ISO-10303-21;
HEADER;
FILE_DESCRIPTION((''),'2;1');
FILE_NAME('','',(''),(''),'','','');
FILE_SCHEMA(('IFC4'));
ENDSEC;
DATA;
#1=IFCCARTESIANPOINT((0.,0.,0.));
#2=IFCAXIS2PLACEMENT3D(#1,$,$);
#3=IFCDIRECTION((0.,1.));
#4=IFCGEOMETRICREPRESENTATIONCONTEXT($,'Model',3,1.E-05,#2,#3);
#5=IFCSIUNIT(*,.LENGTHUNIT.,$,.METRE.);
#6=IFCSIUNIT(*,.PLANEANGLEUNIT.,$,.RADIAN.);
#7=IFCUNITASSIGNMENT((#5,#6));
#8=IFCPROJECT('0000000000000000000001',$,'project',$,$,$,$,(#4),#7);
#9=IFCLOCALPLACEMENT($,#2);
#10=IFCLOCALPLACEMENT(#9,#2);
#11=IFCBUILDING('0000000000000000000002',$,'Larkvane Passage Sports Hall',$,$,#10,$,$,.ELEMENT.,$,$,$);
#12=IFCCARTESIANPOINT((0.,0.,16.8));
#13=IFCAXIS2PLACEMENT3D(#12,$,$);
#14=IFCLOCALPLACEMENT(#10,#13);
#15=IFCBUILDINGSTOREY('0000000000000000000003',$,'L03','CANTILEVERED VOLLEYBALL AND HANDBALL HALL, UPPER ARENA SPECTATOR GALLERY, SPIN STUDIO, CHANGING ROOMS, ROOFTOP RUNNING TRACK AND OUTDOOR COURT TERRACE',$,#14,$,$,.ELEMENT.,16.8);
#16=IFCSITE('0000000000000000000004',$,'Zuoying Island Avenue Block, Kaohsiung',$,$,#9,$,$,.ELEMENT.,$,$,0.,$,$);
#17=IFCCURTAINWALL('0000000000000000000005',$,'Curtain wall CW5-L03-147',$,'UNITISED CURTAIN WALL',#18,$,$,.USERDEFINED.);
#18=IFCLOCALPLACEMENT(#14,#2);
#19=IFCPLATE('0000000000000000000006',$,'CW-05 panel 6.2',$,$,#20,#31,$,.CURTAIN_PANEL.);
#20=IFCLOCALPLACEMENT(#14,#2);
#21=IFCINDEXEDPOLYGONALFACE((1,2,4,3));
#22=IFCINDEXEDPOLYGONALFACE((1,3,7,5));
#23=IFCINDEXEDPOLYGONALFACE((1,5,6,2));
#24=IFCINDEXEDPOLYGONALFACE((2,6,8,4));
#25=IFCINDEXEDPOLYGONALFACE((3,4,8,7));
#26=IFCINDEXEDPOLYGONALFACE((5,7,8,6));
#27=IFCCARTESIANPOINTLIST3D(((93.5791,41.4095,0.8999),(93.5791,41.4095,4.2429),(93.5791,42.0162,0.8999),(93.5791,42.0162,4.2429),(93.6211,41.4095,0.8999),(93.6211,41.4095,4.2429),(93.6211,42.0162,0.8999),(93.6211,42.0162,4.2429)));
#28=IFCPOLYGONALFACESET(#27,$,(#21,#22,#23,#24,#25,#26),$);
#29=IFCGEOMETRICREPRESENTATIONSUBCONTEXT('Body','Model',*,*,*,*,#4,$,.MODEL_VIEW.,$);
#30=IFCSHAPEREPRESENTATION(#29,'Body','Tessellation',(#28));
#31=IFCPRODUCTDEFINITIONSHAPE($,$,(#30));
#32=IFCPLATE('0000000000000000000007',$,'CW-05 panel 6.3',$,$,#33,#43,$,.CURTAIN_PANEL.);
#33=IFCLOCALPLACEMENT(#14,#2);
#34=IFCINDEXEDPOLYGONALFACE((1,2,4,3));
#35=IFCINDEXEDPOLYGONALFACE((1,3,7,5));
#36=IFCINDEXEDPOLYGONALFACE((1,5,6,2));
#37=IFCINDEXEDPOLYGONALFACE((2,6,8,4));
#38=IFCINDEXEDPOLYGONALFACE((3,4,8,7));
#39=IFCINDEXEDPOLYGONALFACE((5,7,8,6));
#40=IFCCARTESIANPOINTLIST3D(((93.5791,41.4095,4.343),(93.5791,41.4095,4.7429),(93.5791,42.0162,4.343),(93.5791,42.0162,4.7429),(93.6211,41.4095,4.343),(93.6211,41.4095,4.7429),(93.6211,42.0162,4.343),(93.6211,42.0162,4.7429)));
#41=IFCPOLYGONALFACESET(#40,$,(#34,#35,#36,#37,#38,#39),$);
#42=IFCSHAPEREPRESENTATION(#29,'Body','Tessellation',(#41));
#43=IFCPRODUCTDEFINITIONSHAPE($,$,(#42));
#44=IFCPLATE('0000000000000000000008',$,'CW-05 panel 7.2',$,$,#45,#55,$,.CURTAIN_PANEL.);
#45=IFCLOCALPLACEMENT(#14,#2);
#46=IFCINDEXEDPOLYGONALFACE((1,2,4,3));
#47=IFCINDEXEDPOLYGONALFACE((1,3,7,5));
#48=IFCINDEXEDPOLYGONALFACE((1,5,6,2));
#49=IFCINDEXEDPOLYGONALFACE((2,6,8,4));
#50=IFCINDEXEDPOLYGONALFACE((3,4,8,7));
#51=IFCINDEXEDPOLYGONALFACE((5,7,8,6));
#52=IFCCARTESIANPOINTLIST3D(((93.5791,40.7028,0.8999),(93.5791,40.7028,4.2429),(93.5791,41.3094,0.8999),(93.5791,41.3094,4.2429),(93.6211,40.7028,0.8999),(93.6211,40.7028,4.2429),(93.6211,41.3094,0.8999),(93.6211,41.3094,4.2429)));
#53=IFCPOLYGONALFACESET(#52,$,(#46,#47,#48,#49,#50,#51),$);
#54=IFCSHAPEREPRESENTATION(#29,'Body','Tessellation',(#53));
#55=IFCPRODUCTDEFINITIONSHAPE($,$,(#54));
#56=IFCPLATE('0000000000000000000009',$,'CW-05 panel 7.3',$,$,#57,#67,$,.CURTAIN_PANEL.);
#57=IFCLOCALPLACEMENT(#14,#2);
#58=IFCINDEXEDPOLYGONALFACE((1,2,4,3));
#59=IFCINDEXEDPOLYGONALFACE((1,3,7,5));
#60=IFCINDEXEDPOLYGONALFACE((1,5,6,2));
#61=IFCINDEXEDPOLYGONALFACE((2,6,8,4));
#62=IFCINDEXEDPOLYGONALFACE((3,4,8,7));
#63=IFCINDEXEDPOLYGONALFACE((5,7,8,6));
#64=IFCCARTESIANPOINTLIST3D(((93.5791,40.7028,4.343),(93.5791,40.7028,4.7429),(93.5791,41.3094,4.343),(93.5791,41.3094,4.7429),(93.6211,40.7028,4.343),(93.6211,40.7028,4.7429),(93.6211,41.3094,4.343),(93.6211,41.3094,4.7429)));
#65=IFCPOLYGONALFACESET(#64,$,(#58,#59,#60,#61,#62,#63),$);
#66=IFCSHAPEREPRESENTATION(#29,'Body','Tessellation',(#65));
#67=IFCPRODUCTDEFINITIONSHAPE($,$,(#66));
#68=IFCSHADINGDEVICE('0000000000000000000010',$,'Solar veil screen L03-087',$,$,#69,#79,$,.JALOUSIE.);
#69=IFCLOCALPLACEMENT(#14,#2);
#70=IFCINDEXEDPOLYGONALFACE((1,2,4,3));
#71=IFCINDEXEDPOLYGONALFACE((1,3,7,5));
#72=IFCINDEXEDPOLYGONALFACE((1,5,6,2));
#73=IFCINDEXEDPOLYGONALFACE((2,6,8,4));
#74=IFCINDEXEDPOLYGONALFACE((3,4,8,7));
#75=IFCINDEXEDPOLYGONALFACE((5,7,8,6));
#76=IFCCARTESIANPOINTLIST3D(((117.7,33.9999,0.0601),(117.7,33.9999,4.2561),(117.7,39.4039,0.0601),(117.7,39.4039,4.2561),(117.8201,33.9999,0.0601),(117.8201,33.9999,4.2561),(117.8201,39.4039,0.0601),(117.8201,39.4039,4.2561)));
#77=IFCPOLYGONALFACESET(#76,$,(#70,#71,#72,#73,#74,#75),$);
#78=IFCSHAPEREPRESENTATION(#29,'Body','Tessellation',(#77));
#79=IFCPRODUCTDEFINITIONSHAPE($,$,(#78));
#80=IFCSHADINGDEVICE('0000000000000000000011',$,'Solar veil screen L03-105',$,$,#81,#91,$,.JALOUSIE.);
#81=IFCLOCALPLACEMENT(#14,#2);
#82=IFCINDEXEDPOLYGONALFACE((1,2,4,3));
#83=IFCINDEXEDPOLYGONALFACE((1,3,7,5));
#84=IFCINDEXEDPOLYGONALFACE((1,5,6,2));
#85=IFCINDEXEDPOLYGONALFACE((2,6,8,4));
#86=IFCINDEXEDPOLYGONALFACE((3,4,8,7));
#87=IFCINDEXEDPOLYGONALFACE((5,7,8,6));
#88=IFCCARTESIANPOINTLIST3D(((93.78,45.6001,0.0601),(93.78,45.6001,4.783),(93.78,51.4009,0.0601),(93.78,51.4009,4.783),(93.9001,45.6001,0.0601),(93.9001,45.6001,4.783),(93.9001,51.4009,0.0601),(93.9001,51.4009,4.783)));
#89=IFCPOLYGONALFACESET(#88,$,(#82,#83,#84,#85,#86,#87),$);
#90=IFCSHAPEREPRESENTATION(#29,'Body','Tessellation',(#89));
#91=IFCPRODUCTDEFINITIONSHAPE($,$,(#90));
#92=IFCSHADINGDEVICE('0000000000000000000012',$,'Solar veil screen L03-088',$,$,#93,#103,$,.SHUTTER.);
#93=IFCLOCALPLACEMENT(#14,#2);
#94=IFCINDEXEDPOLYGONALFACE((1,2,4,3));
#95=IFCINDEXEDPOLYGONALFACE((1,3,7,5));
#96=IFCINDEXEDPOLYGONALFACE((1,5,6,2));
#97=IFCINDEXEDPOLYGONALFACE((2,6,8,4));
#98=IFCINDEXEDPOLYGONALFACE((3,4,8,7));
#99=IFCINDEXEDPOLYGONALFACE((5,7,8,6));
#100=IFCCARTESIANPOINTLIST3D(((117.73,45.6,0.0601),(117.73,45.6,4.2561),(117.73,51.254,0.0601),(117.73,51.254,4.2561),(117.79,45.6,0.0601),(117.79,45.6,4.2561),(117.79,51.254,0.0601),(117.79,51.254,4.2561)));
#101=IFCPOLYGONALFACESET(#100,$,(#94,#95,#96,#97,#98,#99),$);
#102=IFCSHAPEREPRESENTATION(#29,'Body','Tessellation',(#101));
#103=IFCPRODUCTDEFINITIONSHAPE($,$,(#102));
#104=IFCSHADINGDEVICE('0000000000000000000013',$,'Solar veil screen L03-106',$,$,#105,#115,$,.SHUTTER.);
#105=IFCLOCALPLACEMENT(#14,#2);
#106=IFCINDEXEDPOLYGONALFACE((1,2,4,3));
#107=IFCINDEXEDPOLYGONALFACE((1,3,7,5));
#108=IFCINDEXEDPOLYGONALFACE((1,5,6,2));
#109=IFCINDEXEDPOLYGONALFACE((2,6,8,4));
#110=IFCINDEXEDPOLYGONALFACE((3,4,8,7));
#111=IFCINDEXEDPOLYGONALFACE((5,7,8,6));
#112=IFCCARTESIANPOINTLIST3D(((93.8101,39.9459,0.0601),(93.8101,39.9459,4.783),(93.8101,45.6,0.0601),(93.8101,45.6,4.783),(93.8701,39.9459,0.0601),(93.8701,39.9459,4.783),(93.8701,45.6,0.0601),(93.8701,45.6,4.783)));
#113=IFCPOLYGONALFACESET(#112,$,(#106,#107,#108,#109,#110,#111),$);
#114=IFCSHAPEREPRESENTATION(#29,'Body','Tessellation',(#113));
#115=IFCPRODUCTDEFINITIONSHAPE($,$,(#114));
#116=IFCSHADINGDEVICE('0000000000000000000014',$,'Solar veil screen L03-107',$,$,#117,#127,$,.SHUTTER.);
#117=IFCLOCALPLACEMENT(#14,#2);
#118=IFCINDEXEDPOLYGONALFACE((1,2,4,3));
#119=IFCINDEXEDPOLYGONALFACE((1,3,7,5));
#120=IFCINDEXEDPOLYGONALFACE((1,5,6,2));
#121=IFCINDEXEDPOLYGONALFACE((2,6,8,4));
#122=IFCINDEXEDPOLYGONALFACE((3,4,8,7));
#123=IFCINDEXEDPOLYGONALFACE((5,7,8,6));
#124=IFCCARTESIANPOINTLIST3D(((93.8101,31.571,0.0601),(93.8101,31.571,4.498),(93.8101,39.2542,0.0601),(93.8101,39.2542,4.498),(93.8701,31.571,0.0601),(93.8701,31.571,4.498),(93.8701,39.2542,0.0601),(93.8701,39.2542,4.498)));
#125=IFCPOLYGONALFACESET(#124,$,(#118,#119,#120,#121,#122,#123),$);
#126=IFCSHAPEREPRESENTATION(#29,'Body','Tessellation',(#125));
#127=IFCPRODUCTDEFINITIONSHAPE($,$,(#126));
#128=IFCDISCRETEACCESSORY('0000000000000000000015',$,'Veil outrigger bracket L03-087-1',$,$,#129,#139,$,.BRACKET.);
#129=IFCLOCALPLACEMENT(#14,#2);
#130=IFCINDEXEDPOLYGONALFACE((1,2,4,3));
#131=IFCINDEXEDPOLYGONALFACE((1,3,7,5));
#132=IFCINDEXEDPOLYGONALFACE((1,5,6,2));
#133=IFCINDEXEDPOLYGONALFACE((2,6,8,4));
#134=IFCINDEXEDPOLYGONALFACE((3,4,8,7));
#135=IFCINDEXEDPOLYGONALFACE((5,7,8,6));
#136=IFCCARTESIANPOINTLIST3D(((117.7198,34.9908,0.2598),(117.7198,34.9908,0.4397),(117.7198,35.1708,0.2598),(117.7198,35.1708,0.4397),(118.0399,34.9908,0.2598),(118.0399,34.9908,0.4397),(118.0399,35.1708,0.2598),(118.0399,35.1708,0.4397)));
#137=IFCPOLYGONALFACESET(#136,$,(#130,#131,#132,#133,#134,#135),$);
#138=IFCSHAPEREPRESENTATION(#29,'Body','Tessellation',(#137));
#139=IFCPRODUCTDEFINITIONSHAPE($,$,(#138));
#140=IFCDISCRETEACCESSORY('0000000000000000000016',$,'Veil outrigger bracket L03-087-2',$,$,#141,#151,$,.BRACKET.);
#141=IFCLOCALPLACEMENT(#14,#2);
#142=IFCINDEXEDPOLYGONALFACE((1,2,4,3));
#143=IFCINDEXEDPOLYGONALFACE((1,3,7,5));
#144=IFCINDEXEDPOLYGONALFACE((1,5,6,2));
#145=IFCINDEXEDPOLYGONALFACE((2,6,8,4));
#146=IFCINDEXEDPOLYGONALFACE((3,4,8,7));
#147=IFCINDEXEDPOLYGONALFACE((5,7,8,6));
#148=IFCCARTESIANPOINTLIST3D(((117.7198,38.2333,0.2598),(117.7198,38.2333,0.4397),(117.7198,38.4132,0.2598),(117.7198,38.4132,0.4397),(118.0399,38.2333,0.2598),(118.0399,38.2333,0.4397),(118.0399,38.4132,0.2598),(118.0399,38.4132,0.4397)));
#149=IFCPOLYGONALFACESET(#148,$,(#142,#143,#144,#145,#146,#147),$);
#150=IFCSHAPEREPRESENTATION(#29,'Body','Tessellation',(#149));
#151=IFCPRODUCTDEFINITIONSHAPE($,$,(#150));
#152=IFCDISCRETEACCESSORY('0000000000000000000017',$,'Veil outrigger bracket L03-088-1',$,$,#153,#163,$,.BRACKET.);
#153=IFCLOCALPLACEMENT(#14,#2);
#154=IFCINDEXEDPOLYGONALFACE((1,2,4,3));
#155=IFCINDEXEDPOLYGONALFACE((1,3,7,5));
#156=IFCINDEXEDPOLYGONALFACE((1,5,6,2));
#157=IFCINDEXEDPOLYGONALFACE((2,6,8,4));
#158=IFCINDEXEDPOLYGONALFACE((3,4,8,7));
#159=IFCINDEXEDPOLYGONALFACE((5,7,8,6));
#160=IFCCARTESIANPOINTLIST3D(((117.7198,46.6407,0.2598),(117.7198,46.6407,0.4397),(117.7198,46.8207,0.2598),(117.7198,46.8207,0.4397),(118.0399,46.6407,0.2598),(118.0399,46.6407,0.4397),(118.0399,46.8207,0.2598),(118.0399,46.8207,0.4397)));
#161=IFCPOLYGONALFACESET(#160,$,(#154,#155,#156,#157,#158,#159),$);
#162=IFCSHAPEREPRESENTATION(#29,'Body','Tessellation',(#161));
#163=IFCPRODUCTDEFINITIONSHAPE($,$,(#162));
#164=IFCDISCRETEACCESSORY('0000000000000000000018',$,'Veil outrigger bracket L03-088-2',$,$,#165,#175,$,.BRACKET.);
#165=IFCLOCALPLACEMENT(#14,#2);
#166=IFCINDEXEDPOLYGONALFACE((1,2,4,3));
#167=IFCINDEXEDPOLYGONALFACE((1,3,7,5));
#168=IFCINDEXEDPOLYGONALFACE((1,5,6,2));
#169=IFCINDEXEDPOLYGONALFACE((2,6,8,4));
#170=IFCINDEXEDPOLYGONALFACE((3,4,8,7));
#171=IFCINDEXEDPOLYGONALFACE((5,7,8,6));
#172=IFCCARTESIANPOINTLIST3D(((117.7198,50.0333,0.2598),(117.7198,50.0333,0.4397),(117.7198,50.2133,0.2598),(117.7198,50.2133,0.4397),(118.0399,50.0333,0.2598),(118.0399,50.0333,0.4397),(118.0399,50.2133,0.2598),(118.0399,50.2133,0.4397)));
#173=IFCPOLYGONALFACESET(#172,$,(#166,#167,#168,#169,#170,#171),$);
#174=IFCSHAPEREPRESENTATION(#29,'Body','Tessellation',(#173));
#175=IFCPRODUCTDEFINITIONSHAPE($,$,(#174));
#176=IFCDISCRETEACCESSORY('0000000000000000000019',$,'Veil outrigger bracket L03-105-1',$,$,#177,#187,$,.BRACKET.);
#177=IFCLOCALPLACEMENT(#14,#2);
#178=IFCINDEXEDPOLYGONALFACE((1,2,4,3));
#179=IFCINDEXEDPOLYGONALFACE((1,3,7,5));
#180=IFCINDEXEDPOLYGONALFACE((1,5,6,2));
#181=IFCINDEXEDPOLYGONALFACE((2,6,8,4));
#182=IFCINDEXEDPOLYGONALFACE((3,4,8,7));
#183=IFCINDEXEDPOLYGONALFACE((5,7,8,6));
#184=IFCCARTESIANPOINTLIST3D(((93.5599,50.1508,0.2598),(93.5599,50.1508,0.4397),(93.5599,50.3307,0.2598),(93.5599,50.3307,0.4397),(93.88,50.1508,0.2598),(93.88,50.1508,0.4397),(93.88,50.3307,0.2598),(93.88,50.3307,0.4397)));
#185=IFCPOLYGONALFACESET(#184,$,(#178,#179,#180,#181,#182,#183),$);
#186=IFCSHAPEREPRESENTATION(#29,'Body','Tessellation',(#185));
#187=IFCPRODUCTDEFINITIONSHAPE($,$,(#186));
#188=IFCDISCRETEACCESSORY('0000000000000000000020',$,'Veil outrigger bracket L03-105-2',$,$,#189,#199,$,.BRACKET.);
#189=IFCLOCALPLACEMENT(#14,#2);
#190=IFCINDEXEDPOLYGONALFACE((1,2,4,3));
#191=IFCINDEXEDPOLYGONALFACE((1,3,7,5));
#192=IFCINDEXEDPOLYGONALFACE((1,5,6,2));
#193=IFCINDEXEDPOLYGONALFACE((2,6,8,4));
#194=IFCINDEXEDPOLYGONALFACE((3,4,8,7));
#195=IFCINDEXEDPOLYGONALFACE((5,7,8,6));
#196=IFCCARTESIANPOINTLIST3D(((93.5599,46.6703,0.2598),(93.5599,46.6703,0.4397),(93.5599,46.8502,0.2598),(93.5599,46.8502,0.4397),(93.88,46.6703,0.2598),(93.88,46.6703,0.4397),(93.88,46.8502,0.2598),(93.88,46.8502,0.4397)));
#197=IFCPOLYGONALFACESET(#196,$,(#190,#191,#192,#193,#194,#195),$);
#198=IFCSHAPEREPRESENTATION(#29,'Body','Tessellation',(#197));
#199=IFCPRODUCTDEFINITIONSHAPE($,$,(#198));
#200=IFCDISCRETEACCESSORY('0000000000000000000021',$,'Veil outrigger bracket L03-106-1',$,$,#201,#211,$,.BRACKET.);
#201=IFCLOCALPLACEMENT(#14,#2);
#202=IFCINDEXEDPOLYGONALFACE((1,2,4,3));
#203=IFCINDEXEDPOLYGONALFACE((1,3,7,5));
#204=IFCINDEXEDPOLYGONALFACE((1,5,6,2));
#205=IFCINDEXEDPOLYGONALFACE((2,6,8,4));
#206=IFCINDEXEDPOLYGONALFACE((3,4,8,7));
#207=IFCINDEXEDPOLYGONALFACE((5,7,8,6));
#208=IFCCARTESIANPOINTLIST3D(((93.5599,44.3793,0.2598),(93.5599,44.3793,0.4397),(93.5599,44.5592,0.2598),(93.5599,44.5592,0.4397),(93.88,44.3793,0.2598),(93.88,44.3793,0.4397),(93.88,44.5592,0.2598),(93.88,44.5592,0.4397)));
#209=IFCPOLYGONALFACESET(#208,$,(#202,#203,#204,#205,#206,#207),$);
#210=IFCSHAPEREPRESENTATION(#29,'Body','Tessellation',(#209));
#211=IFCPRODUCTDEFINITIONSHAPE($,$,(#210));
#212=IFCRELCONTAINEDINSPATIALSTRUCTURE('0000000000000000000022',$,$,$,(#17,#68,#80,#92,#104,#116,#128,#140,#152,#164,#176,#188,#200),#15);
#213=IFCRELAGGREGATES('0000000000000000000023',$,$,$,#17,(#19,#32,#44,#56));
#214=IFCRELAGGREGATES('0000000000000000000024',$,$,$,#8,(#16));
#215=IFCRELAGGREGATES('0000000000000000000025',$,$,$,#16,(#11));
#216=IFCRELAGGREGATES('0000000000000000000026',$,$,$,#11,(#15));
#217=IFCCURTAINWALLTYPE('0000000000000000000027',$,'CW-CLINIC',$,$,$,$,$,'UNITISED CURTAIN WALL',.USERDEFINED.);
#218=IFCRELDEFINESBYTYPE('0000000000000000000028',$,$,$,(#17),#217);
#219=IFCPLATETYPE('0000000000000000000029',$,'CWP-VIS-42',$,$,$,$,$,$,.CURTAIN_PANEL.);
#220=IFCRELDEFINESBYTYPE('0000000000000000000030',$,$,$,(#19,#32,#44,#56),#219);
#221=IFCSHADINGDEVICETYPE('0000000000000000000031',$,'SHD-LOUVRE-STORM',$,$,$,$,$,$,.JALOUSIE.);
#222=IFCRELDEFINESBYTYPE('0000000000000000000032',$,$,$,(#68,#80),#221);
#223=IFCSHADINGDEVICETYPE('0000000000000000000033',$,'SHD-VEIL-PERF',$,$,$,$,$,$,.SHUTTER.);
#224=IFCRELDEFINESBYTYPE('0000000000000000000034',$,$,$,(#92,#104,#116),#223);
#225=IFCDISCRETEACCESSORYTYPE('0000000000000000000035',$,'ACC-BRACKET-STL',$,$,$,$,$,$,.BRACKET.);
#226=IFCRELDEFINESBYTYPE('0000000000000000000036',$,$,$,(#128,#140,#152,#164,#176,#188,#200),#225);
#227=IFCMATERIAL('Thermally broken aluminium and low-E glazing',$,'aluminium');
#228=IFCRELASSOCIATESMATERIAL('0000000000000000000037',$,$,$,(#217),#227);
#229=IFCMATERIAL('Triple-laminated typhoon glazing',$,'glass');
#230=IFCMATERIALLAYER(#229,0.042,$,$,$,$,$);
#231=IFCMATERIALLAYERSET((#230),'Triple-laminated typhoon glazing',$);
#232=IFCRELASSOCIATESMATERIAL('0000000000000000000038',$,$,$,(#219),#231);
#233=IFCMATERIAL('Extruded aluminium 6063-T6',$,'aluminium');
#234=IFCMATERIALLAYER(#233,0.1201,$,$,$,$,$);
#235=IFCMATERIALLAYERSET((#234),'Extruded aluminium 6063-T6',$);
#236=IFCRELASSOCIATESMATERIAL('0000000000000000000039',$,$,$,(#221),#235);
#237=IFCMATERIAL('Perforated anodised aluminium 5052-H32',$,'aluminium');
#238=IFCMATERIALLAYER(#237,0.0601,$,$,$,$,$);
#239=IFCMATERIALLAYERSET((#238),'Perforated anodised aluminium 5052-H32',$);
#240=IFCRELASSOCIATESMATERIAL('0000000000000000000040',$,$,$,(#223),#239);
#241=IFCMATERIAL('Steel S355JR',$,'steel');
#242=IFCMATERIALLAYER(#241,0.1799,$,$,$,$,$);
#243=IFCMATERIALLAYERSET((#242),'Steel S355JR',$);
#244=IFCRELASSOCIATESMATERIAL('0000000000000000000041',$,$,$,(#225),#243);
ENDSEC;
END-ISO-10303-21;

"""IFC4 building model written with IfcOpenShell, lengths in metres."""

from ifc_helpers import new_model, si_unit, direction, frame, origin, origin_2d, place, context, subcontext, project, spatial, rectangle, extrude, material, layer, layer_set, type_object, element, aggregate, save


model = new_model("IFC4")

# Units and contexts
model_context = context("Model", 3, precision=1e-05, world=origin(), true_north=direction((0.0, 1.0)))
body_context = subcontext(model_context, "Body", "Model", "MODEL_VIEW")
ifc_project = project(units=[si_unit("LENGTHUNIT", "METRE"), si_unit("PLANEANGLEUNIT", "RADIAN")], contexts=[model_context])

# Site, building, storey
site_placement = place(None, origin())
site = spatial("IfcSite", under=ifc_project, at=site_placement, Name="Zuoying Island Avenue Block, Kaohsiung", CompositionType="ELEMENT", RefElevation=0.0)
building_placement = place(site_placement, origin())
building = spatial("IfcBuilding", under=site, at=building_placement, Name="Larkvane Passage Sports Hall", CompositionType="ELEMENT")
storey_placement = place(building_placement, frame((0.0, 0.0, 16.8)))
storey = spatial("IfcBuildingStorey", under=building, at=storey_placement, Name="L03", Description="CANTILEVERED VOLLEYBALL AND HANDBALL HALL, UPPER ARENA SPECTATOR GALLERY, SPIN STUDIO, CHANGING ROOMS, ROOFTOP RUNNING TRACK AND OUTDOOR COURT TERRACE", CompositionType="ELEMENT", Elevation=16.8)

# Shared definitions
ifc_material_1 = material(Name="Thermally broken aluminium and low-E glazing", Category="aluminium")

# Curtain wall
curtain_wall_type_1 = type_object("IfcCurtainWallType", Name="CW-CLINIC", ElementType="UNITISED CURTAIN WALL", PredefinedType="USERDEFINED", material=ifc_material_1)
curtain_wall_1_placement = place(storey_placement, origin())
curtain_wall_1 = element("IfcCurtainWall", 1, at=curtain_wall_1_placement, inside=storey, type_object=curtain_wall_type_1, Name="Curtain wall CW5-L03-147", ObjectType="UNITISED CURTAIN WALL", PredefinedType="USERDEFINED")

# Plates
ifc_material_2 = material(Name="Triple-laminated typhoon glazing", Category="glass")
ifc_layer_1 = layer(ifc_material_2, 0.042)
ifc_layer_set_1 = layer_set([ifc_layer_1], Name="Triple-laminated typhoon glazing")
plate_type_1 = type_object("IfcPlateType", Name="CWP-VIS-42", PredefinedType="CURTAIN_PANEL", material=ifc_layer_set_1)
plate_1_placement = place(storey_placement, frame((93.6001, 41.7129, 0.8999), z_axis=(0.0, 0.0, 1.0), x_axis=(0.0, -1.0, 0.0)))
plate_1 = element("IfcPlate", 2, at=plate_1_placement, type_object=plate_type_1, Name="CW-05 panel 6.2", PredefinedType="CURTAIN_PANEL", context=body_context, shape_type="SweptSolid", body=[
    extrude(rectangle(XDim=0.6067, YDim=0.042, at=origin_2d()), origin(), (0.0, 0.0, 1.0), 3.343),
])
plate_2_placement = place(storey_placement, frame((93.6001, 41.7129, 4.343), z_axis=(0.0, 0.0, 1.0), x_axis=(0.0, -1.0, 0.0)))
plate_2 = element("IfcPlate", 3, at=plate_2_placement, type_object=plate_type_1, Name="CW-05 panel 6.3", PredefinedType="CURTAIN_PANEL", context=body_context, shape_type="SweptSolid", body=[
    extrude(rectangle(XDim=0.6067, YDim=0.042, at=origin_2d()), origin(), (0.0, 0.0, 1.0), 0.3999),
])
plate_3_placement = place(storey_placement, frame((93.6001, 41.0061, 0.8999), z_axis=(0.0, 0.0, 1.0), x_axis=(0.0, -1.0, 0.0)))
plate_3 = element("IfcPlate", 4, at=plate_3_placement, type_object=plate_type_1, Name="CW-05 panel 7.2", PredefinedType="CURTAIN_PANEL", context=body_context, shape_type="SweptSolid", body=[
    extrude(rectangle(XDim=0.6067, YDim=0.042, at=origin_2d()), origin(), (0.0, 0.0, 1.0), 3.343),
])
plate_4_placement = place(storey_placement, frame((93.6001, 41.0061, 4.343), z_axis=(0.0, 0.0, 1.0), x_axis=(0.0, -1.0, 0.0)))
plate_4 = element("IfcPlate", 5, at=plate_4_placement, type_object=plate_type_1, Name="CW-05 panel 7.3", PredefinedType="CURTAIN_PANEL", context=body_context, shape_type="SweptSolid", body=[
    extrude(rectangle(XDim=0.6067, YDim=0.042, at=origin_2d()), origin(), (0.0, 0.0, 1.0), 0.3999),
])
aggregate(curtain_wall_1, [plate_1, plate_2, plate_3, plate_4])

# Shading devices
ifc_material_3 = material(Name="Extruded aluminium 6063-T6", Category="aluminium")
ifc_layer_2 = layer(ifc_material_3, 0.1201)
ifc_layer_set_2 = layer_set([ifc_layer_2], Name="Extruded aluminium 6063-T6")
shading_device_type_1 = type_object("IfcShadingDeviceType", Name="SHD-LOUVRE-STORM", PredefinedType="JALOUSIE", material=ifc_layer_set_2)
shading_device_1_placement = place(storey_placement, frame((117.76, 36.7019, 0.0601), z_axis=(0.0, 0.0, 1.0), x_axis=(0.0, 1.0, 0.0)))
element("IfcShadingDevice", 6, at=shading_device_1_placement, inside=storey, type_object=shading_device_type_1, Name="Solar veil screen L03-087", PredefinedType="JALOUSIE", context=body_context, shape_type="SweptSolid", body=[
    extrude(rectangle(XDim=5.4041, YDim=0.1201, at=origin_2d()), origin(), (0.0, 0.0, 1.0), 4.196),
])
shading_device_2_placement = place(storey_placement, frame((93.8401, 48.5005, 0.0601), z_axis=(0.0, 0.0, 1.0), x_axis=(0.0, -1.0, 0.0)))
element("IfcShadingDevice", 7, at=shading_device_2_placement, inside=storey, type_object=shading_device_type_1, Name="Solar veil screen L03-105", PredefinedType="JALOUSIE", context=body_context, shape_type="SweptSolid", body=[
    extrude(rectangle(XDim=5.8008, YDim=0.1201, at=origin_2d()), origin(), (0.0, 0.0, 1.0), 4.7229),
])
ifc_material_4 = material(Name="Perforated anodised aluminium 5052-H32", Category="aluminium")
ifc_layer_3 = layer(ifc_material_4, 0.0601)
ifc_layer_set_3 = layer_set([ifc_layer_3], Name="Perforated anodised aluminium 5052-H32")
shading_device_type_2 = type_object("IfcShadingDeviceType", Name="SHD-VEIL-PERF", PredefinedType="SHUTTER", material=ifc_layer_set_3)
shading_device_3_placement = place(storey_placement, frame((117.76, 48.427, 0.0601), z_axis=(0.0, 0.0, 1.0), x_axis=(0.0, 1.0, 0.0)))
element("IfcShadingDevice", 8, at=shading_device_3_placement, inside=storey, type_object=shading_device_type_2, Name="Solar veil screen L03-088", PredefinedType="SHUTTER", context=body_context, shape_type="SweptSolid", body=[
    extrude(rectangle(XDim=5.6541, YDim=0.0601, at=origin_2d()), origin(), (0.0, 0.0, 1.0), 4.196),
])
shading_device_4_placement = place(storey_placement, frame((93.8401, 42.7729, 0.0601), z_axis=(0.0, 0.0, 1.0), x_axis=(0.0, -1.0, 0.0)))
element("IfcShadingDevice", 9, at=shading_device_4_placement, inside=storey, type_object=shading_device_type_2, Name="Solar veil screen L03-106", PredefinedType="SHUTTER", context=body_context, shape_type="SweptSolid", body=[
    extrude(rectangle(XDim=5.6541, YDim=0.0601, at=origin_2d()), origin(), (0.0, 0.0, 1.0), 4.7229),
])
shading_device_5_placement = place(storey_placement, frame((93.8401, 35.4126, 0.0601), z_axis=(0.0, 0.0, 1.0), x_axis=(0.0, -1.0, 0.0)))
element("IfcShadingDevice", 10, at=shading_device_5_placement, inside=storey, type_object=shading_device_type_2, Name="Solar veil screen L03-107", PredefinedType="SHUTTER", context=body_context, shape_type="SweptSolid", body=[
    extrude(rectangle(XDim=7.6831, YDim=0.0601, at=origin_2d()), origin(), (0.0, 0.0, 1.0), 4.438),
])

# Discrete accessories
ifc_material_5 = material(Name="Steel S355JR", Category="steel")
ifc_layer_4 = layer(ifc_material_5, 0.1799)
ifc_layer_set_4 = layer_set([ifc_layer_4], Name="Steel S355JR")
discrete_accessory_type = type_object("IfcDiscreteAccessoryType", Name="ACC-BRACKET-STL", PredefinedType="BRACKET", material=ifc_layer_set_4)
for number, where, z_axis, x_axis, name in (
    (11, (117.8799, 35.0808, 0.2598), (0.0, 0.0, 1.0), (0.0, 1.0, 0.0), "Veil outrigger bracket L03-087-1"),
    (12, (117.8799, 38.3232, 0.2598), (0.0, 0.0, 1.0), (0.0, 1.0, 0.0), "Veil outrigger bracket L03-087-2"),
    (13, (117.8799, 46.7307, 0.2598), (0.0, 0.0, 1.0), (0.0, 1.0, 0.0), "Veil outrigger bracket L03-088-1"),
    (14, (117.8799, 50.1233, 0.2598), (0.0, 0.0, 1.0), (0.0, 1.0, 0.0), "Veil outrigger bracket L03-088-2"),
    (15, (93.72, 50.2407, 0.2598), (0.0, 0.0, 1.0), (0.0, -1.0, 0.0), "Veil outrigger bracket L03-105-1"),
    (16, (93.72, 46.7603, 0.2598), (0.0, 0.0, 1.0), (0.0, -1.0, 0.0), "Veil outrigger bracket L03-105-2"),
    (17, (93.72, 44.4692, 0.2598), (0.0, 0.0, 1.0), (0.0, -1.0, 0.0), "Veil outrigger bracket L03-106-1"),
):
    element("IfcDiscreteAccessory", number, at=place(storey_placement, frame(where, z_axis=z_axis, x_axis=x_axis)), inside=storey, type_object=discrete_accessory_type, Name=name, PredefinedType="BRACKET", context=body_context, shape_type="SweptSolid", body=[
        extrude(rectangle(XDim=0.1799, YDim=0.3201, at=origin_2d()), origin(), (0.0, 0.0, 1.0), 0.1799),
    ])

save(model, "model.ifc")
